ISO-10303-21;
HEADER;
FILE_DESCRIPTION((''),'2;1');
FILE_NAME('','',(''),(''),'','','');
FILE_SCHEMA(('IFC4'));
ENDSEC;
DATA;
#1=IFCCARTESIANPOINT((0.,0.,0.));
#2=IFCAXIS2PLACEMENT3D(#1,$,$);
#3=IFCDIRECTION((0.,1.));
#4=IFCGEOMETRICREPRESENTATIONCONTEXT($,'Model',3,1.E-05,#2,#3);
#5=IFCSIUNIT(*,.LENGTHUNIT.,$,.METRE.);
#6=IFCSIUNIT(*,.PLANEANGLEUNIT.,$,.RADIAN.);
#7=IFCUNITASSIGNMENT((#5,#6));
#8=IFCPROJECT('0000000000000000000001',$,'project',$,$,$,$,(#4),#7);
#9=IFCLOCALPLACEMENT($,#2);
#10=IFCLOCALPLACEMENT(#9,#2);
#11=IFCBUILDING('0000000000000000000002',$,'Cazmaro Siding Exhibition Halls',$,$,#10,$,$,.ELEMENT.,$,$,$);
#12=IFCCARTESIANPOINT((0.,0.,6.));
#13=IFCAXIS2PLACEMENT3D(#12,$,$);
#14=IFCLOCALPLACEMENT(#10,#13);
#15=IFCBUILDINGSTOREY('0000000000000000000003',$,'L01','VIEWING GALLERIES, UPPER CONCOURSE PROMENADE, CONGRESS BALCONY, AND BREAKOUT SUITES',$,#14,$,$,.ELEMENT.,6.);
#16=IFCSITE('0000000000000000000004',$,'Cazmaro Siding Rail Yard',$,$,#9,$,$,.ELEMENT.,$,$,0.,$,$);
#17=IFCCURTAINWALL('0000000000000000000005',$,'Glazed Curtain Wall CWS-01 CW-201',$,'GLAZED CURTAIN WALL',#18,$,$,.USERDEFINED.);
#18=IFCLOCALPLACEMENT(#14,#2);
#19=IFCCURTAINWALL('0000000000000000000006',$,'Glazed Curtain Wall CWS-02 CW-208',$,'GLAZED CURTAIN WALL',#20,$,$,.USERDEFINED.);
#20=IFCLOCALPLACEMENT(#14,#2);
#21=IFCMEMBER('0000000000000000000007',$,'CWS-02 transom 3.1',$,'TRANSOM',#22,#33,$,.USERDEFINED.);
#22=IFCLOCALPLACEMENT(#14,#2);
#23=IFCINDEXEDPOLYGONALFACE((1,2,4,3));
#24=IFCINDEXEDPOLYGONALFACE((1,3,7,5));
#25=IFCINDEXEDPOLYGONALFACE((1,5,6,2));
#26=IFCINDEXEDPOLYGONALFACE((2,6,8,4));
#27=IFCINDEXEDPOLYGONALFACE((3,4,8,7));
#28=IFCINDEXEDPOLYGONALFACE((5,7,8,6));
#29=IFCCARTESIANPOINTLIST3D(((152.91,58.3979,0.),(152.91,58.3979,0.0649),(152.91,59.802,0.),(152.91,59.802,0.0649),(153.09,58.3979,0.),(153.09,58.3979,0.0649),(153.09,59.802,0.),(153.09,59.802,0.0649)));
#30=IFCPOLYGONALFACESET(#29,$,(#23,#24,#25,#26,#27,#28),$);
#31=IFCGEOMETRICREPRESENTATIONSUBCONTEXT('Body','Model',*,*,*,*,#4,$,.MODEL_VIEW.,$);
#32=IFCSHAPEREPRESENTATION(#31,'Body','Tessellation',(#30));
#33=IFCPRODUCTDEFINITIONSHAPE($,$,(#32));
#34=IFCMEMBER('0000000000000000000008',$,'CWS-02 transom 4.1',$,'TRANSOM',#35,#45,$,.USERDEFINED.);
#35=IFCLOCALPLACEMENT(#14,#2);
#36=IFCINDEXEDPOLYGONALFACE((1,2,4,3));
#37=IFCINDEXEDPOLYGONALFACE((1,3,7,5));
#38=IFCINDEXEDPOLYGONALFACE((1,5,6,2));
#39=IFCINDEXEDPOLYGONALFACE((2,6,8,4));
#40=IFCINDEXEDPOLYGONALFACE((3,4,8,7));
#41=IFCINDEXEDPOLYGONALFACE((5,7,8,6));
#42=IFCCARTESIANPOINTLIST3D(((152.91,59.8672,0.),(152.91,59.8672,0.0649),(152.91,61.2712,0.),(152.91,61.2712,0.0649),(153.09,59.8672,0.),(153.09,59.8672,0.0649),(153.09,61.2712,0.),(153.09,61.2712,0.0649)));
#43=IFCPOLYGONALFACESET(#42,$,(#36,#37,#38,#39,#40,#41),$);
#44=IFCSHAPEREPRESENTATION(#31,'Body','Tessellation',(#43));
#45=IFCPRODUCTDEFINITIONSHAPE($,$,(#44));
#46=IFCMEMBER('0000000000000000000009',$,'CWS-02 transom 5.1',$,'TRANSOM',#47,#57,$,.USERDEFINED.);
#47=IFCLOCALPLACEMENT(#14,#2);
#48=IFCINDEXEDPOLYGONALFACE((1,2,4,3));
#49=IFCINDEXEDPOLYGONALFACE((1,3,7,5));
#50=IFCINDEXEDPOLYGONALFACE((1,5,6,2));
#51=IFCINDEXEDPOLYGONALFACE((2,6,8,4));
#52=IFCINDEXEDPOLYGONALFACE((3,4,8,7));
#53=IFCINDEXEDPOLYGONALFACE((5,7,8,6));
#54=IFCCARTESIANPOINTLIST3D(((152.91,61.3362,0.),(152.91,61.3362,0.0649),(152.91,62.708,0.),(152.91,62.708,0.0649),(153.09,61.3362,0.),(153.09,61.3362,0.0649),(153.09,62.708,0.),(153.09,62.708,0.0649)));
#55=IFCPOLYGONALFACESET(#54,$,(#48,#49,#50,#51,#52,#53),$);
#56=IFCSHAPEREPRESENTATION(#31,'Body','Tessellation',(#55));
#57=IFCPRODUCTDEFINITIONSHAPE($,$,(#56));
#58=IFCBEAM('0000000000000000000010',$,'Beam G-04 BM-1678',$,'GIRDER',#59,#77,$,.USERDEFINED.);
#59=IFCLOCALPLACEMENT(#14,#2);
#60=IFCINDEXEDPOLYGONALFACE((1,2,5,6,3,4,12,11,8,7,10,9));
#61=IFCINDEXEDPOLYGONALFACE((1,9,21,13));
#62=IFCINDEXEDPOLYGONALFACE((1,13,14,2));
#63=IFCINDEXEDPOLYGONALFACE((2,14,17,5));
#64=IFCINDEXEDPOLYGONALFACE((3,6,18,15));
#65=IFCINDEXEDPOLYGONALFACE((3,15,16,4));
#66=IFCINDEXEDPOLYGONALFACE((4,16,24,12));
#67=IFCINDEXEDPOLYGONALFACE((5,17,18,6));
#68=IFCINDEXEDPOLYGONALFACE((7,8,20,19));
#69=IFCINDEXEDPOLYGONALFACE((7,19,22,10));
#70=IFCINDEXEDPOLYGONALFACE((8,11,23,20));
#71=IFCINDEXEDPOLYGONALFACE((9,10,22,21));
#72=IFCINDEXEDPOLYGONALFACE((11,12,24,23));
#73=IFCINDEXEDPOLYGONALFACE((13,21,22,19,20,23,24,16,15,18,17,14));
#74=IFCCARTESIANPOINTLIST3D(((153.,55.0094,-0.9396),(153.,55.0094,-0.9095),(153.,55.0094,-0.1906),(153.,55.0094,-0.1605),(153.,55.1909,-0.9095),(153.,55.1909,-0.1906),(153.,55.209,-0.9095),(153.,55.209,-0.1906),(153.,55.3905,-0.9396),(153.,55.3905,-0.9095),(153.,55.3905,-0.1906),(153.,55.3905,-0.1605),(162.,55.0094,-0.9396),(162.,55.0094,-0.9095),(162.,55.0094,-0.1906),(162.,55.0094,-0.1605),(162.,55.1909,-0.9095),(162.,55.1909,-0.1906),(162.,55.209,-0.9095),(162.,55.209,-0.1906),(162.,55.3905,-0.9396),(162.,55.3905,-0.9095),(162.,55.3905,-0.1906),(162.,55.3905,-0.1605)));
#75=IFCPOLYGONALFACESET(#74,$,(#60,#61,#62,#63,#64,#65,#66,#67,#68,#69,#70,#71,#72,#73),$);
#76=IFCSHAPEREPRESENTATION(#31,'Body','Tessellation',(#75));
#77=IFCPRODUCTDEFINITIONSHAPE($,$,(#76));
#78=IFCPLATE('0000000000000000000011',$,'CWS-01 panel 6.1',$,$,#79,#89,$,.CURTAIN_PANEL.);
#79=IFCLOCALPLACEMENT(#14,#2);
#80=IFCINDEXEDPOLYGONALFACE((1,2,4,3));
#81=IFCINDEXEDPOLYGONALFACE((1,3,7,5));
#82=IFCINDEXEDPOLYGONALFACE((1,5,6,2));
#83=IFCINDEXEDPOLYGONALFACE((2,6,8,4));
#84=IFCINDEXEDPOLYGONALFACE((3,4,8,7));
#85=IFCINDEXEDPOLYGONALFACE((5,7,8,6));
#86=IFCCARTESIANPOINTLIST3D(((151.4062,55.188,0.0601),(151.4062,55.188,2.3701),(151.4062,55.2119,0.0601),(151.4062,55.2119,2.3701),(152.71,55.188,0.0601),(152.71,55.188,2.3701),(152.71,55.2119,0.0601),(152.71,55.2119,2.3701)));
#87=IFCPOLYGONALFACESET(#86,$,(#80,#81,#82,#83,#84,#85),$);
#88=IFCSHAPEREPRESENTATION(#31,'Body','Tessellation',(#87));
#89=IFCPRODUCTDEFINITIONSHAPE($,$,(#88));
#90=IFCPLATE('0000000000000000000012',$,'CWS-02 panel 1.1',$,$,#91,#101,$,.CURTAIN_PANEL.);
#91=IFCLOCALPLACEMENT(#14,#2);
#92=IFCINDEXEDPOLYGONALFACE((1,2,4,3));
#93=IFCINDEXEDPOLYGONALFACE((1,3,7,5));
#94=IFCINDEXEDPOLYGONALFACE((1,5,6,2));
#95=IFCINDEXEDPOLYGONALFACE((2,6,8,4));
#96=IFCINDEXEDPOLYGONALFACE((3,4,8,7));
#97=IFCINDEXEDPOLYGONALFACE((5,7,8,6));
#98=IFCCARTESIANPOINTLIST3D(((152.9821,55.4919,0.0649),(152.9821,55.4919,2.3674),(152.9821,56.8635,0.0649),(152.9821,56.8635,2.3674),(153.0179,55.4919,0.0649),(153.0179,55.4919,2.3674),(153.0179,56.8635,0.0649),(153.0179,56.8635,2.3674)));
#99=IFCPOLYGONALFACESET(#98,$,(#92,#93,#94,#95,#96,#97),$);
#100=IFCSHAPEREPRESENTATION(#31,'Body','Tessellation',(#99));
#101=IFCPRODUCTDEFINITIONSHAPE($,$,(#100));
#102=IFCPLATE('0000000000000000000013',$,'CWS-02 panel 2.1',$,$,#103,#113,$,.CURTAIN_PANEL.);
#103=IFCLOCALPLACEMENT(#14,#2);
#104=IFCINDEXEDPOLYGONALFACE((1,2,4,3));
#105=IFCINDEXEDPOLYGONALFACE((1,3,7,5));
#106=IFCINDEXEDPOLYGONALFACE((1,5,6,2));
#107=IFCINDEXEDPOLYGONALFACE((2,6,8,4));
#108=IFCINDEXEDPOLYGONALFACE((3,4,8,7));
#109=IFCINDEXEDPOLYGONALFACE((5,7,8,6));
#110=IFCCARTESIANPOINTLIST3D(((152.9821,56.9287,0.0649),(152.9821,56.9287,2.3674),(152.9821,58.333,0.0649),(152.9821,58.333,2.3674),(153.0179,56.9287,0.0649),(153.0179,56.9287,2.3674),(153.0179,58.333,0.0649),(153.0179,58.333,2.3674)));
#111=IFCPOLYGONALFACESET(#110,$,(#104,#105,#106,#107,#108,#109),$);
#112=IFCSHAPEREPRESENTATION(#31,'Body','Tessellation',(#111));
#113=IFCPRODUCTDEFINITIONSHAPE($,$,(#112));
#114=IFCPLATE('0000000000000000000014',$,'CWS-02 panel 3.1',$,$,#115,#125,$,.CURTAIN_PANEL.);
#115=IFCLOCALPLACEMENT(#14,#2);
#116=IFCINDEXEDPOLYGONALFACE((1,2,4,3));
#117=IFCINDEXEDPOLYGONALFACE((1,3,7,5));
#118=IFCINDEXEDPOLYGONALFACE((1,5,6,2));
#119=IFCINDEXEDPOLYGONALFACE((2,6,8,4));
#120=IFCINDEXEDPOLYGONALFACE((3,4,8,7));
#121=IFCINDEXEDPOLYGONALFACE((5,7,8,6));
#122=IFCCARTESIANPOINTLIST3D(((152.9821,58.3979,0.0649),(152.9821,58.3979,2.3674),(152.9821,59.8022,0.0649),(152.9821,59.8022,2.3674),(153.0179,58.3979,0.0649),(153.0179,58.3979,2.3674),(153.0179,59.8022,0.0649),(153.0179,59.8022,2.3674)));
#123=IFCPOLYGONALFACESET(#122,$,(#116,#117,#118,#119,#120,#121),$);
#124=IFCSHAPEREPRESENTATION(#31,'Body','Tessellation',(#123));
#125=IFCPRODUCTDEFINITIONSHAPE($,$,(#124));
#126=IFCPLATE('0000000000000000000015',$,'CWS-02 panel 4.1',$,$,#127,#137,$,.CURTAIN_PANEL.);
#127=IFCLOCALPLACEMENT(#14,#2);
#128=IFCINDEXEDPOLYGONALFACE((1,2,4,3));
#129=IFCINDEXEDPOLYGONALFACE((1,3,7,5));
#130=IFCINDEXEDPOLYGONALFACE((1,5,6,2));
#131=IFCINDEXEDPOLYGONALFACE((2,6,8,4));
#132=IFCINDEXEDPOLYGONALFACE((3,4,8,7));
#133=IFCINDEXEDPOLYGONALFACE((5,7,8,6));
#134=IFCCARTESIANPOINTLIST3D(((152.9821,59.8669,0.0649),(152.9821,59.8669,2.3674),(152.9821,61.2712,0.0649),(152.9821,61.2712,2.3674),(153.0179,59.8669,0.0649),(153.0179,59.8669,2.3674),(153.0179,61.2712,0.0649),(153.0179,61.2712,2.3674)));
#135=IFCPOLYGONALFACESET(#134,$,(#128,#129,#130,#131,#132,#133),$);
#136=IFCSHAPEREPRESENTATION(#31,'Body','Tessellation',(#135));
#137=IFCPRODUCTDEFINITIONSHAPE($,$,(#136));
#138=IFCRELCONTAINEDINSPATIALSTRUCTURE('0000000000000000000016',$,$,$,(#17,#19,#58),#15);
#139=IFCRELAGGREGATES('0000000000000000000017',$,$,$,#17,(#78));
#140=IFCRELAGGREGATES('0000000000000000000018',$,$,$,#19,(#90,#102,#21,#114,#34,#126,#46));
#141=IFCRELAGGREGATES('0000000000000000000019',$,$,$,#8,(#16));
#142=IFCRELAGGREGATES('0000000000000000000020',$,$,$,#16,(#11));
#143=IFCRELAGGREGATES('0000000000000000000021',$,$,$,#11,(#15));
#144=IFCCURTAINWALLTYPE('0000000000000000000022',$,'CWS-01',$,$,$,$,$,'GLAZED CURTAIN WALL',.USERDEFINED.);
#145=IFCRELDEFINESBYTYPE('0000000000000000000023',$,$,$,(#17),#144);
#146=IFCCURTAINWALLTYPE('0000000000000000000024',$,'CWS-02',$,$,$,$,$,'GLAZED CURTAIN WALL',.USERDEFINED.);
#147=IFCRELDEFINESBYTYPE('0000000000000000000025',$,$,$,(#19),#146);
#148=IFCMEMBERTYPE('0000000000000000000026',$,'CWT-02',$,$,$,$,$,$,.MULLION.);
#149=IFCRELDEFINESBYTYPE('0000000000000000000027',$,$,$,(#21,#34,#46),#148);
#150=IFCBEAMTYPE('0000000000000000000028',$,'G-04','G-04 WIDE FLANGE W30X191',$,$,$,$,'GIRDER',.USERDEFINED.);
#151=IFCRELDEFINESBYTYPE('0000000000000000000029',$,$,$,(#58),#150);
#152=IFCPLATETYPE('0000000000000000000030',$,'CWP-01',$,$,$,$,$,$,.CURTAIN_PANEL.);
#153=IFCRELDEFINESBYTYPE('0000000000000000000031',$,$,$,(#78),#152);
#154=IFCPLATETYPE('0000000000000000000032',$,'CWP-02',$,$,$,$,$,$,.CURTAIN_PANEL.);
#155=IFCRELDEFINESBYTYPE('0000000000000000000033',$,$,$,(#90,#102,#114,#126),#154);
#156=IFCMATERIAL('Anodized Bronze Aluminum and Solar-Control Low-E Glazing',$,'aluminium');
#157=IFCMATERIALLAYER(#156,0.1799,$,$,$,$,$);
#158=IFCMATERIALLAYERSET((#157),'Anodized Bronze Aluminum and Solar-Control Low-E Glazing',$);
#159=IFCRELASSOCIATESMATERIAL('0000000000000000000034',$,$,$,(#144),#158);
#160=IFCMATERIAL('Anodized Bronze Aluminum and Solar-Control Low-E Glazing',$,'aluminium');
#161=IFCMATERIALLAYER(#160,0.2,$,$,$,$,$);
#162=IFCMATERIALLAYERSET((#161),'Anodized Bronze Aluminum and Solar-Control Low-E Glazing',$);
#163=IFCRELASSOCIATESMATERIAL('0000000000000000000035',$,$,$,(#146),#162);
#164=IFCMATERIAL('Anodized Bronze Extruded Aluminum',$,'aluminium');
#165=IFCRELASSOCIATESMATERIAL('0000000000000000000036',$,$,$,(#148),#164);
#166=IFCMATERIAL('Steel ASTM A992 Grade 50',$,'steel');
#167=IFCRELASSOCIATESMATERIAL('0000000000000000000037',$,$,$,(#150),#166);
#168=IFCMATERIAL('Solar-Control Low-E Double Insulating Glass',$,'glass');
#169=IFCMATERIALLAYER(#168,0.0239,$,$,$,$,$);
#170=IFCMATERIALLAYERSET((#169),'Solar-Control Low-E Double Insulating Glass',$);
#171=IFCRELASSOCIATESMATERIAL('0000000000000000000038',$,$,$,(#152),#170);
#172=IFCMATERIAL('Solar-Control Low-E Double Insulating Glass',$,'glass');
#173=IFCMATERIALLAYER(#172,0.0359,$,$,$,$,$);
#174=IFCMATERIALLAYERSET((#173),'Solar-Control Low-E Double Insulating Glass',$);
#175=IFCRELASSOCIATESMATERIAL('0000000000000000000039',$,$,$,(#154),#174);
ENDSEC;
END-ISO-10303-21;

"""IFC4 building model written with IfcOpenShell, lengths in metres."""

from ifc_helpers import new_model, si_unit, direction, frame, origin, origin_2d, place, context, subcontext, project, spatial, rectangle, i_section, extrude, material, layer, layer_set, material_profile, profile_set, type_object, element, aggregate, save


model = new_model("IFC4")

# Units and contexts
model_context = context("Model", 3, precision=1e-05, world=origin(), true_north=direction((0.0, 1.0)))
body_context = subcontext(model_context, "Body", "Model", "MODEL_VIEW")
ifc_project = project(units=[si_unit("LENGTHUNIT", "METRE"), si_unit("PLANEANGLEUNIT", "RADIAN")], contexts=[model_context])

# Site, building, storey
site_placement = place(None, origin())
site = spatial("IfcSite", under=ifc_project, at=site_placement, Name="Cazmaro Siding Rail Yard", CompositionType="ELEMENT", RefElevation=0.0)
building_placement = place(site_placement, origin())
building = spatial("IfcBuilding", under=site, at=building_placement, Name="Cazmaro Siding Exhibition Halls", CompositionType="ELEMENT")
storey_placement = place(building_placement, frame((0.0, 0.0, 6.0)))
storey = spatial("IfcBuildingStorey", under=building, at=storey_placement, Name="L01", Description="VIEWING GALLERIES, UPPER CONCOURSE PROMENADE, CONGRESS BALCONY, AND BREAKOUT SUITES", CompositionType="ELEMENT", Elevation=6.0)

# Curtain wall
ifc_material_1 = material(Name="Anodized Bronze Aluminum and Solar-Control Low-E Glazing", Category="aluminium")
ifc_layer_1 = layer(ifc_material_1, 0.1799)
ifc_layer_set_1 = layer_set([ifc_layer_1], Name="Anodized Bronze Aluminum and Solar-Control Low-E Glazing")
curtain_wall_type_1 = type_object("IfcCurtainWallType", Name="CWS-01", ElementType="GLAZED CURTAIN WALL", PredefinedType="USERDEFINED", material=ifc_layer_set_1)
curtain_wall_1_placement = place(storey_placement, origin())
curtain_wall_1 = element("IfcCurtainWall", 1, at=curtain_wall_1_placement, inside=storey, type_object=curtain_wall_type_1, Name="Glazed Curtain Wall CWS-01 CW-201", ObjectType="GLAZED CURTAIN WALL", PredefinedType="USERDEFINED")

# Curtain wall, members
ifc_material_2 = material(Name="Anodized Bronze Aluminum and Solar-Control Low-E Glazing", Category="aluminium")
ifc_layer_2 = layer(ifc_material_2, 0.2)
ifc_layer_set_2 = layer_set([ifc_layer_2], Name="Anodized Bronze Aluminum and Solar-Control Low-E Glazing")
curtain_wall_type_2 = type_object("IfcCurtainWallType", Name="CWS-02", ElementType="GLAZED CURTAIN WALL", PredefinedType="USERDEFINED", material=ifc_layer_set_2)
curtain_wall_2_placement = place(storey_placement, origin())
curtain_wall_2 = element("IfcCurtainWall", 2, at=curtain_wall_2_placement, inside=storey, type_object=curtain_wall_type_2, Name="Glazed Curtain Wall CWS-02 CW-208", ObjectType="GLAZED CURTAIN WALL", PredefinedType="USERDEFINED")
ifc_material_3 = material(Name="Anodized Bronze Extruded Aluminum", Category="aluminium")
ifc_material_profile_1 = material_profile(ifc_material_3, rectangle(XDim=0.1799, YDim=0.0649, at=origin_2d()), Name="CWT-02")
ifc_profile_set_1 = profile_set([ifc_material_profile_1], Name="Anodized Bronze Extruded Aluminum")
member_type_1 = type_object("IfcMemberType", Name="CWT-02", PredefinedType="MULLION", material=ifc_profile_set_1)
member_1_placement = place(storey_placement, frame((153.0, 58.3979, 0.0325), z_axis=(0.0, 1.0, 0.0), x_axis=(-1.0, 0.0, 0.0)))
member_1 = element("IfcMember", 3, at=member_1_placement, type_object=member_type_1, Name="CWS-02 transom 3.1", ObjectType="TRANSOM", PredefinedType="USERDEFINED", context=body_context, shape_type="SweptSolid", body=[
    extrude(rectangle(XDim=0.1799, YDim=0.0649, at=origin_2d()), origin(), (0.0, 0.0, 1.0), 1.4041),
])
member_2_placement = place(storey_placement, frame((153.0, 59.8672, 0.0325), z_axis=(0.0, 1.0, 0.0), x_axis=(-1.0, 0.0, 0.0)))
member_2 = element("IfcMember", 4, at=member_2_placement, type_object=member_type_1, Name="CWS-02 transom 4.1", ObjectType="TRANSOM", PredefinedType="USERDEFINED", context=body_context, shape_type="SweptSolid", body=[
    extrude(rectangle(XDim=0.1799, YDim=0.0649, at=origin_2d()), origin(), (0.0, 0.0, 1.0), 1.4041),
])
member_3_placement = place(storey_placement, frame((153.0, 61.3362, 0.0325), z_axis=(0.0, 1.0, 0.0), x_axis=(-1.0, 0.0, 0.0)))
member_3 = element("IfcMember", 5, at=member_3_placement, type_object=member_type_1, Name="CWS-02 transom 5.1", ObjectType="TRANSOM", PredefinedType="USERDEFINED", context=body_context, shape_type="SweptSolid", body=[
    extrude(rectangle(XDim=0.1799, YDim=0.0649, at=origin_2d()), origin(), (0.0, 0.0, 1.0), 1.3718),
])

# Beam
ifc_material_4 = material(Name="Steel ASTM A992 Grade 50", Category="steel")
ifc_material_profile_2 = material_profile(ifc_material_4, i_section(OverallWidth=0.3811, OverallDepth=0.7791, WebThickness=0.0181, FlangeThickness=0.03, at=origin_2d()), Name="W30X191")
ifc_profile_set_2 = profile_set([ifc_material_profile_2], Name="Steel ASTM A992 Grade 50")
beam_type_1 = type_object("IfcBeamType", Name="G-04", Description="G-04 WIDE FLANGE W30X191", ElementType="GIRDER", PredefinedType="USERDEFINED", material=ifc_profile_set_2)
beam_1_placement = place(storey_placement, frame((153.0, 55.2, -0.55), z_axis=(1.0, 0.0, 0.0), x_axis=(0.0, 1.0, 0.0)))
element("IfcBeam", 6, at=beam_1_placement, inside=storey, type_object=beam_type_1, Name="Beam G-04 BM-1678", ObjectType="GIRDER", PredefinedType="USERDEFINED", context=body_context, shape_type="SweptSolid", body=[
    extrude(i_section(OverallWidth=0.3811, OverallDepth=0.7791, WebThickness=0.0181, FlangeThickness=0.03, at=origin_2d()), origin(), (0.0, 0.0, 1.0), 9.0),
])

# Plates
ifc_material_5 = material(Name="Solar-Control Low-E Double Insulating Glass", Category="glass")
ifc_layer_3 = layer(ifc_material_5, 0.0239)
ifc_layer_set_3 = layer_set([ifc_layer_3], Name="Solar-Control Low-E Double Insulating Glass")
plate_type_1 = type_object("IfcPlateType", Name="CWP-01", PredefinedType="CURTAIN_PANEL", material=ifc_layer_set_3)
plate_1_placement = place(storey_placement, frame((152.0581, 55.2, 0.0601), z_axis=(0.0, 0.0, 1.0), x_axis=(1.0, 0.0, 0.0)))
plate_1 = element("IfcPlate", 7, at=plate_1_placement, type_object=plate_type_1, Name="CWS-01 panel 6.1", PredefinedType="CURTAIN_PANEL", context=body_context, shape_type="SweptSolid", body=[
    extrude(rectangle(XDim=1.3037, YDim=0.0239, at=origin_2d()), origin(), (0.0, 0.0, 1.0), 2.3101),
])
aggregate(curtain_wall_1, [plate_1])
ifc_material_6 = material(Name="Solar-Control Low-E Double Insulating Glass", Category="glass")
ifc_layer_4 = layer(ifc_material_6, 0.0359)
ifc_layer_set_4 = layer_set([ifc_layer_4], Name="Solar-Control Low-E Double Insulating Glass")
plate_type_2 = type_object("IfcPlateType", Name="CWP-02", PredefinedType="CURTAIN_PANEL", material=ifc_layer_set_4)
plate_2_placement = place(storey_placement, frame((153.0, 56.1777, 0.0649), z_axis=(0.0, 0.0, 1.0), x_axis=(0.0, 1.0, 0.0)))
plate_2 = element("IfcPlate", 8, at=plate_2_placement, type_object=plate_type_2, Name="CWS-02 panel 1.1", PredefinedType="CURTAIN_PANEL", context=body_context, shape_type="SweptSolid", body=[
    extrude(rectangle(XDim=1.3716, YDim=0.0359, at=origin_2d()), origin(), (0.0, 0.0, 1.0), 2.3025),
])
plate_3_placement = place(storey_placement, frame((153.0, 57.6309, 0.0649), z_axis=(0.0, 0.0, 1.0), x_axis=(0.0, 1.0, 0.0)))
plate_3 = element("IfcPlate", 9, at=plate_3_placement, type_object=plate_type_2, Name="CWS-02 panel 2.1", PredefinedType="CURTAIN_PANEL", context=body_context, shape_type="SweptSolid", body=[
    extrude(rectangle(XDim=1.4043, YDim=0.0359, at=origin_2d()), origin(), (0.0, 0.0, 1.0), 2.3025),
])
plate_4_placement = place(storey_placement, frame((153.0, 59.1001, 0.0649), z_axis=(0.0, 0.0, 1.0), x_axis=(0.0, 1.0, 0.0)))
plate_4 = element("IfcPlate", 10, at=plate_4_placement, type_object=plate_type_2, Name="CWS-02 panel 3.1", PredefinedType="CURTAIN_PANEL", context=body_context, shape_type="SweptSolid", body=[
    extrude(rectangle(XDim=1.4043, YDim=0.0359, at=origin_2d()), origin(), (0.0, 0.0, 1.0), 2.3025),
])
plate_5_placement = place(storey_placement, frame((153.0, 60.5691, 0.0649), z_axis=(0.0, 0.0, 1.0), x_axis=(0.0, 1.0, 0.0)))
plate_5 = element("IfcPlate", 11, at=plate_5_placement, type_object=plate_type_2, Name="CWS-02 panel 4.1", PredefinedType="CURTAIN_PANEL", context=body_context, shape_type="SweptSolid", body=[
    extrude(rectangle(XDim=1.4043, YDim=0.0359, at=origin_2d()), origin(), (0.0, 0.0, 1.0), 2.3025),
])
aggregate(curtain_wall_2, [plate_2, plate_3, member_1, plate_4, member_2, plate_5, member_3])

save(model, "model.ifc")
